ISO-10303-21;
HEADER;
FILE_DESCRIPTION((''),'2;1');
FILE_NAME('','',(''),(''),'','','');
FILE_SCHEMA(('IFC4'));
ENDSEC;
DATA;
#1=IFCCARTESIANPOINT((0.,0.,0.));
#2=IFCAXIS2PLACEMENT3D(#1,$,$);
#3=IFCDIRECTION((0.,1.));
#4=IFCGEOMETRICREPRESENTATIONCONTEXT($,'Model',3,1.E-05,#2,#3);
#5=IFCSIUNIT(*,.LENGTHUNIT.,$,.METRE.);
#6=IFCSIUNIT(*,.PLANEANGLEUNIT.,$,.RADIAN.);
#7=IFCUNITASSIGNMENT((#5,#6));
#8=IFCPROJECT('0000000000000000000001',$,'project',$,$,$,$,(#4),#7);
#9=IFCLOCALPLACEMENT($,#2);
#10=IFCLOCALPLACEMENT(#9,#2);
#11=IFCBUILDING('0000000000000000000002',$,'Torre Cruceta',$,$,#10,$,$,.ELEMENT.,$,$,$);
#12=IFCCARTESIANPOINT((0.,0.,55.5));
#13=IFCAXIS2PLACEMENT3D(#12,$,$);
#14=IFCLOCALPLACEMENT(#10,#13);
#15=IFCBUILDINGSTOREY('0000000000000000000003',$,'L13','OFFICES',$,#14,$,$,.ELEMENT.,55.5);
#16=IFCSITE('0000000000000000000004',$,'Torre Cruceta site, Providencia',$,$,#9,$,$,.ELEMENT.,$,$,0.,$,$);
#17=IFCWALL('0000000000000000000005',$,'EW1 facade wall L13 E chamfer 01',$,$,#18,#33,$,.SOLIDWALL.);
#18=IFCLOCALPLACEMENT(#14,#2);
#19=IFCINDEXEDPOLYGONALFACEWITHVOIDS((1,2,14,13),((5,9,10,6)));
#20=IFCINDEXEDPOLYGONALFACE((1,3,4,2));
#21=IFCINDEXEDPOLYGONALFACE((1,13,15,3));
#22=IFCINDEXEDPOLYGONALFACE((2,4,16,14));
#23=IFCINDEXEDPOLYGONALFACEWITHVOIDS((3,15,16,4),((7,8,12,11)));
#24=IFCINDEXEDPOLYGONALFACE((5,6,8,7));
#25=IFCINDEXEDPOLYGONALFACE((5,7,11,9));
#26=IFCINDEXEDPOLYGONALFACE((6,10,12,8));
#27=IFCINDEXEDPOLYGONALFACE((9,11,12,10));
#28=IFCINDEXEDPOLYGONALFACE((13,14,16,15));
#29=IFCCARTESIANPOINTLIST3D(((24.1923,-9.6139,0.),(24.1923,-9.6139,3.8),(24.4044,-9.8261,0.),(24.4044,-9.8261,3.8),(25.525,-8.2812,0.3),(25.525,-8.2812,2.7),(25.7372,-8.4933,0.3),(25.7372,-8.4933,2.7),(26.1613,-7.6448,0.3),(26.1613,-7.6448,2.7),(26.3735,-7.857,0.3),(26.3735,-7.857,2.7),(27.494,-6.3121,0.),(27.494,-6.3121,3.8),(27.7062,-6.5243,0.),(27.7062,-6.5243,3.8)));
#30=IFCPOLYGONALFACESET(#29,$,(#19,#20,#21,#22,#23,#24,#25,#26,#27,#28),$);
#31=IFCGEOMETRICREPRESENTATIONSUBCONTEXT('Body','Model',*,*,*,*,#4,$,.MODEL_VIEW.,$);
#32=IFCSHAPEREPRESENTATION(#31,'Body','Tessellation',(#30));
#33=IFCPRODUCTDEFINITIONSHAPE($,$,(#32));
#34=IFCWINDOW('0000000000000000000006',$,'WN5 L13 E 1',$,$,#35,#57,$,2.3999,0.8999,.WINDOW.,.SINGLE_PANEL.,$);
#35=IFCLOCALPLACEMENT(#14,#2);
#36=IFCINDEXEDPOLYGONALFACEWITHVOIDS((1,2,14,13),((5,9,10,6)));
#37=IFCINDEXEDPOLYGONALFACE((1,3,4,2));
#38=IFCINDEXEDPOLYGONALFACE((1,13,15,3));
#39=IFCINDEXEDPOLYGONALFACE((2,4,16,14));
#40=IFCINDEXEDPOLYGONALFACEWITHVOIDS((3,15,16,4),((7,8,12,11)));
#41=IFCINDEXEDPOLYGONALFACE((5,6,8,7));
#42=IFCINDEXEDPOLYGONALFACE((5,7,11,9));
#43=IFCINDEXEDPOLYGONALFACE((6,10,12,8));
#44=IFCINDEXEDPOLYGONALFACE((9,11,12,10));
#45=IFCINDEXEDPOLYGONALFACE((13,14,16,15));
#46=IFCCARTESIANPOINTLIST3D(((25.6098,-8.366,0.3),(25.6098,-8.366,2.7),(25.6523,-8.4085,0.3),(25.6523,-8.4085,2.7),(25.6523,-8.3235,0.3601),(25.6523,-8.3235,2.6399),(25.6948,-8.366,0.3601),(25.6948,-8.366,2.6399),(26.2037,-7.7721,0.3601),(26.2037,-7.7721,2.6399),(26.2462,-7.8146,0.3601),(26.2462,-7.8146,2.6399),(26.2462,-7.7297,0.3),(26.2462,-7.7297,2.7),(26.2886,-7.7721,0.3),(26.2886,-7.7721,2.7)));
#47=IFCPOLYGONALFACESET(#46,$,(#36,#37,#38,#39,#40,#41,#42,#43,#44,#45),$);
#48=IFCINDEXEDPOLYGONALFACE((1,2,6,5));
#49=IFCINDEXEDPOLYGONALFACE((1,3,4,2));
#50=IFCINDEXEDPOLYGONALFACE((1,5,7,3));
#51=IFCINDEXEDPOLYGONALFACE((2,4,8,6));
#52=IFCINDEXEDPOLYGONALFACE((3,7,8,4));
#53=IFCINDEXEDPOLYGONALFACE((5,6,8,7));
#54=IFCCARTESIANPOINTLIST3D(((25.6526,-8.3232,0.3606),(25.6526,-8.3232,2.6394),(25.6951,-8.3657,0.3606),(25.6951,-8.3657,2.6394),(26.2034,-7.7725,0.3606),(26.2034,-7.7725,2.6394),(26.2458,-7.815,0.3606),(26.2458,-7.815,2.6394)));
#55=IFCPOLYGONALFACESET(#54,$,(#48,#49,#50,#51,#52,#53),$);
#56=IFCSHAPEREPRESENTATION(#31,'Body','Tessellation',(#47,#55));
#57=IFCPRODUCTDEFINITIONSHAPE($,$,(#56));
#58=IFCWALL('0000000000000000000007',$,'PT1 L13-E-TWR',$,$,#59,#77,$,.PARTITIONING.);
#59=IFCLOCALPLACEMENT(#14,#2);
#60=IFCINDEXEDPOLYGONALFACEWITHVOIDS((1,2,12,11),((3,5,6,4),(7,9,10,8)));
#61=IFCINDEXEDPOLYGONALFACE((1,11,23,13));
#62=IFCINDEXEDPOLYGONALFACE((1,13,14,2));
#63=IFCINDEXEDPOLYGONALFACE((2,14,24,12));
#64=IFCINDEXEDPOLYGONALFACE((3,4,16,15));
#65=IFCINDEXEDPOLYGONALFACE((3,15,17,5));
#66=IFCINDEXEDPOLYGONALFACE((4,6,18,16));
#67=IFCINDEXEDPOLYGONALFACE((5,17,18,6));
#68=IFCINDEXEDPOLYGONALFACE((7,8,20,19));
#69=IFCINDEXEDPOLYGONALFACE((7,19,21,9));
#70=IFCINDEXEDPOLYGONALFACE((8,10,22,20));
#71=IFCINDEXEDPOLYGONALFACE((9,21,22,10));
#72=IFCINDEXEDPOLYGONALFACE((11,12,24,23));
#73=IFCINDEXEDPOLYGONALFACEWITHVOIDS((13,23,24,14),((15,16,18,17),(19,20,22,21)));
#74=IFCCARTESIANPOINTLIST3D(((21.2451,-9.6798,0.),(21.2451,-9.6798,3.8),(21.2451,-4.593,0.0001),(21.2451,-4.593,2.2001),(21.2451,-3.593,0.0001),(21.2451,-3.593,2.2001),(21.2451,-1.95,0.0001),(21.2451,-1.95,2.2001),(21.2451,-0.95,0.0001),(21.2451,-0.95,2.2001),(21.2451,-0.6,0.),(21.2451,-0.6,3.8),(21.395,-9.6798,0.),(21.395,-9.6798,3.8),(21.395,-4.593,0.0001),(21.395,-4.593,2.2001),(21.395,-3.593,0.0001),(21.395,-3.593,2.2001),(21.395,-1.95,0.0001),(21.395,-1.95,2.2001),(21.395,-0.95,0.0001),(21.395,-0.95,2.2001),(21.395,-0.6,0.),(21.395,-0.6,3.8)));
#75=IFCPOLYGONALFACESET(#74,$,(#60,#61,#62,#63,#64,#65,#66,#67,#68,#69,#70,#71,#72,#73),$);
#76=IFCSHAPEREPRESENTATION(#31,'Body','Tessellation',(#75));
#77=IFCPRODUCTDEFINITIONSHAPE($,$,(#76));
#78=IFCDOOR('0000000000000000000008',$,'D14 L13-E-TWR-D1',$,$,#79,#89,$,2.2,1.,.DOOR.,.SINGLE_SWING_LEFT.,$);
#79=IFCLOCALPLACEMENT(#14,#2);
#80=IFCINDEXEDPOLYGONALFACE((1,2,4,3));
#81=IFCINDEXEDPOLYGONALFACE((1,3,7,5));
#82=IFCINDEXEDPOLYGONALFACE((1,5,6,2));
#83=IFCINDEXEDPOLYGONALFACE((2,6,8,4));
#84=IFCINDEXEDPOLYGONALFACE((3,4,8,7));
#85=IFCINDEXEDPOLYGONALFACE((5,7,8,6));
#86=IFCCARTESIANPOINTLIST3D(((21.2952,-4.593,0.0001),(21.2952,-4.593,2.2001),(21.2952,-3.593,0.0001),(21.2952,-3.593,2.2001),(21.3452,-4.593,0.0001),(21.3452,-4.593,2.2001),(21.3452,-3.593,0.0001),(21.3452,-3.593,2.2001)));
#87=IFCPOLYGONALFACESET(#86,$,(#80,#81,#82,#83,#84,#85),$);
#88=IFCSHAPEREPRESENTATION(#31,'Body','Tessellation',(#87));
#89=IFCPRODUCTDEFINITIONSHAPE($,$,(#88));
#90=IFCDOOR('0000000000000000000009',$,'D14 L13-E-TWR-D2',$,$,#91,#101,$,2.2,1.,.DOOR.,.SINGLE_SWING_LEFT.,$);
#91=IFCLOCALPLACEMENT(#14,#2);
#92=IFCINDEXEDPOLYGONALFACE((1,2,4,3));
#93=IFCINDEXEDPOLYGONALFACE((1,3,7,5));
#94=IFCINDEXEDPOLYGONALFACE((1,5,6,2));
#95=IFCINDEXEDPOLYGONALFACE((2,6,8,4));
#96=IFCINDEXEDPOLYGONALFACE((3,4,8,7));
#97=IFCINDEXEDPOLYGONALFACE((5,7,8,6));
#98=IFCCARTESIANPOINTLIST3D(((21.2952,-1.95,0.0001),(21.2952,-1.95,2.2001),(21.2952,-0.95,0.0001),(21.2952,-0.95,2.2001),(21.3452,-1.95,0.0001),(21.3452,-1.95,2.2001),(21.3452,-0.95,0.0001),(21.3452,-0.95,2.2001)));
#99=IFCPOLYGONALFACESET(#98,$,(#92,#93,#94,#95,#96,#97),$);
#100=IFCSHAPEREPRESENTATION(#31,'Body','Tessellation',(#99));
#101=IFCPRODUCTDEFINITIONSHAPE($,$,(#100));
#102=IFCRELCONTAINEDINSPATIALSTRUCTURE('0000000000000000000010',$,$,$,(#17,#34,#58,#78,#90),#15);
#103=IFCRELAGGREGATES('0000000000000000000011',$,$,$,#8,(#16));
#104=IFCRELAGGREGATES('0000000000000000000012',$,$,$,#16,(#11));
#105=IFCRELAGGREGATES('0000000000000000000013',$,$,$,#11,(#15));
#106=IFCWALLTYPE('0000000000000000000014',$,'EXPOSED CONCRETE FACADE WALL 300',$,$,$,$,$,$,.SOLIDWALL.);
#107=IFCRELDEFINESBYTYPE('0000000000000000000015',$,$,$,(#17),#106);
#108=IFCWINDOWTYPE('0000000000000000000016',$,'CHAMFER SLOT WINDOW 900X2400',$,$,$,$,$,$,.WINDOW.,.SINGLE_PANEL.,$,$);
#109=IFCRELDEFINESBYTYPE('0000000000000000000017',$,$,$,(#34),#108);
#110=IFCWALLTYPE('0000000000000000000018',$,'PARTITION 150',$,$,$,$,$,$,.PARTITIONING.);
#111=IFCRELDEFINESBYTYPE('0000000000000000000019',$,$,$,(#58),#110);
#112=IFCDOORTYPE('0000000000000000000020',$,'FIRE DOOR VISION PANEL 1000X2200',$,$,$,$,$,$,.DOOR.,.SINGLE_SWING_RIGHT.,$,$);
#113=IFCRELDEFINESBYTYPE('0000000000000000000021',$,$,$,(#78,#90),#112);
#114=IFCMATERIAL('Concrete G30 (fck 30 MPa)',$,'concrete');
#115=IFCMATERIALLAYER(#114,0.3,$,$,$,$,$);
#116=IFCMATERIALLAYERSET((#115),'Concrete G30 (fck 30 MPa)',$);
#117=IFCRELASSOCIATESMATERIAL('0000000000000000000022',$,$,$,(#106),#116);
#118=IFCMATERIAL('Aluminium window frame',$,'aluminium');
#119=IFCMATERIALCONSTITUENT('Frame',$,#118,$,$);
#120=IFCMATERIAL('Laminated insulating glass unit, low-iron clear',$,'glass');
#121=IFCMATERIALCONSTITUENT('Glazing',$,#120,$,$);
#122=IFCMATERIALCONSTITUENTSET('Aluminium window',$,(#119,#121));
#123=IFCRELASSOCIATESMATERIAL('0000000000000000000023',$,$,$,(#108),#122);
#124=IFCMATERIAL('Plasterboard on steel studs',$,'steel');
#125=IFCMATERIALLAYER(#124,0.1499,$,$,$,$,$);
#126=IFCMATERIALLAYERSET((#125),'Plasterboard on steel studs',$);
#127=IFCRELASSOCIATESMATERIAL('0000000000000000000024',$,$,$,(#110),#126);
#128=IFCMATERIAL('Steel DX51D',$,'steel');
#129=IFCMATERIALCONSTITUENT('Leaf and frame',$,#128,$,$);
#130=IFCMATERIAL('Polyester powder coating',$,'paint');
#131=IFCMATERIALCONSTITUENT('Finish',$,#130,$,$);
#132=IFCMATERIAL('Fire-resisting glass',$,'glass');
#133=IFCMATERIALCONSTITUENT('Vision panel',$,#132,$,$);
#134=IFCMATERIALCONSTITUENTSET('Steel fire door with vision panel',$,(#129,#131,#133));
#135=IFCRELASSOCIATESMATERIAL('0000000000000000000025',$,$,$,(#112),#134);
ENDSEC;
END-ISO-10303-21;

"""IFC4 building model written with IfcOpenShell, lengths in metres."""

from ifc_helpers import new_model, si_unit, direction, frame, frame_2d, origin, place, context, subcontext, project, spatial, rectangle, hollow_rectangle, extrude, material, layer, layer_set, constituent, constituent_set, type_object, element, fill, save


model = new_model("IFC4")

# Units and contexts
model_context = context("Model", 3, precision=1e-05, world=origin(), true_north=direction((0.0, 1.0)))
body_context = subcontext(model_context, "Body", "Model", "MODEL_VIEW")
ifc_project = project(units=[si_unit("LENGTHUNIT", "METRE"), si_unit("PLANEANGLEUNIT", "RADIAN")], contexts=[model_context])

# Site, building, storey
site_placement = place(None, origin())
site = spatial("IfcSite", under=ifc_project, at=site_placement, Name="Torre Cruceta site, Providencia", CompositionType="ELEMENT", RefElevation=0.0)
building_placement = place(site_placement, origin())
building = spatial("IfcBuilding", under=site, at=building_placement, Name="Torre Cruceta", CompositionType="ELEMENT")
storey_placement = place(building_placement, frame((0.0, 0.0, 55.5)))
storey = spatial("IfcBuildingStorey", under=building, at=storey_placement, Name="L13", Description="OFFICES", CompositionType="ELEMENT", Elevation=55.5)

# Wall, opening, window
ifc_material_1 = material(Name="Concrete G30 (fck 30 MPa)", Category="concrete")
ifc_layer_1 = layer(ifc_material_1, 0.3)
ifc_layer_set_1 = layer_set([ifc_layer_1], Name="Concrete G30 (fck 30 MPa)")
wall_type_1 = type_object("IfcWallType", Name="EXPOSED CONCRETE FACADE WALL 300", PredefinedType="SOLIDWALL", material=ifc_layer_set_1)
wall_1_placement = place(storey_placement, frame((24.2983, -9.72, 0.0), z_axis=(0.0, 0.0, 1.0), x_axis=(0.707107, 0.707107, 0.0)))
wall_1 = element("IfcWall", 1, at=wall_1_placement, inside=storey, type_object=wall_type_1, Name="EW1 facade wall L13 E chamfer 01", PredefinedType="SOLIDWALL", context=body_context, shape_type="SweptSolid", body=[
    extrude(rectangle(XDim=4.6694, YDim=0.3, at=frame_2d((2.3347, 0.0))), origin(), (0.0, 0.0, 1.0), 3.8),
])
opening_1_placement = place(wall_1_placement, frame((1.8848, 0.0, 0.3)))
opening_1 = element("IfcOpeningElement", 2, at=opening_1_placement, cuts=wall_1, PredefinedType="OPENING", context=body_context, shape_type="SweptSolid", body=[
    extrude(rectangle(XDim=0.8999, YDim=2.3999, at=frame_2d((0.45, 1.2))), frame((0.0, 0.1599, 0.0), z_axis=(0.0, -1.0, 0.0), x_axis=(1.0, 0.0, 0.0)), (0.0, 0.0, 1.0), 0.3201),
])
ifc_material_2 = material(Name="Aluminium window frame", Category="aluminium")
ifc_constituent_1 = constituent(ifc_material_2, Name="Frame")
ifc_material_3 = material(Name="Laminated insulating glass unit, low-iron clear", Category="glass")
ifc_constituent_2 = constituent(ifc_material_3, Name="Glazing")
ifc_constituent_set_1 = constituent_set(constituents=[ifc_constituent_1, ifc_constituent_2], Name="Aluminium window")
window_type = type_object("IfcWindowType", Name="CHAMFER SLOT WINDOW 900X2400", PartitioningType="SINGLE_PANEL", PredefinedType="WINDOW", material=ifc_constituent_set_1)
window_placement = place(opening_1_placement, origin())
window = element("IfcWindow", 3, at=window_placement, inside=storey, type_object=window_type, Name="WN5 L13 E 1", OverallHeight=2.3999, OverallWidth=0.8999, PartitioningType="SINGLE_PANEL", PredefinedType="WINDOW", context=body_context, shape_type="SweptSolid", body=[
    extrude(hollow_rectangle(XDim=0.8999, YDim=2.3999, WallThickness=0.0601, at=frame_2d((0.45, 1.2))), frame((0.0, 0.03, 0.0), z_axis=(0.0, -1.0, 0.0), x_axis=(1.0, 0.0, 0.0)), (0.0, 0.0, 1.0), 0.0601),
    extrude(rectangle(XDim=0.7788, YDim=2.2788, at=frame_2d((0.45, 1.2))), frame((0.0, 0.03, 0.0), z_axis=(0.0, -1.0, 0.0), x_axis=(1.0, 0.0, 0.0)), (0.0, 0.0, 1.0), 0.0601),
])
fill(opening_1, window)

# Wall, openings, doors
ifc_material_4 = material(Name="Plasterboard on steel studs", Category="steel")
ifc_layer_2 = layer(ifc_material_4, 0.1499)
ifc_layer_set_2 = layer_set([ifc_layer_2], Name="Plasterboard on steel studs")
wall_type_2 = type_object("IfcWallType", Name="PARTITION 150", PredefinedType="PARTITIONING", material=ifc_layer_set_2)
wall_2_placement = place(storey_placement, frame((21.3201, -9.6799, 0.0), z_axis=(0.0, 0.0, 1.0), x_axis=(0.0, 1.0, 0.0)))
wall_2 = element("IfcWall", 4, at=wall_2_placement, inside=storey, type_object=wall_type_2, Name="PT1 L13-E-TWR", PredefinedType="PARTITIONING", context=body_context, shape_type="SweptSolid", body=[
    extrude(rectangle(XDim=9.0798, YDim=0.1499, at=frame_2d((4.54, 0.0))), origin(), (0.0, 0.0, 1.0), 3.8),
])
opening_2_placement = place(wall_2_placement, frame((5.0869, 0.0, 0.0)))
opening_2 = element("IfcOpeningElement", 5, at=opening_2_placement, cuts=wall_2, PredefinedType="OPENING", context=body_context, shape_type="SweptSolid", body=[
    extrude(rectangle(XDim=1.0, YDim=2.2, at=frame_2d((0.5, 1.1001))), frame((0.0, 0.085, 0.0), z_axis=(0.0, -1.0, 0.0), x_axis=(1.0, 0.0, 0.0)), (0.0, 0.0, 1.0), 0.1699),
])
opening_3_placement = place(wall_2_placement, frame((7.73, 0.0, 0.0)))
opening_3 = element("IfcOpeningElement", 6, at=opening_3_placement, cuts=wall_2, PredefinedType="OPENING", context=body_context, shape_type="SweptSolid", body=[
    extrude(rectangle(XDim=1.0, YDim=2.2, at=frame_2d((0.5, 1.1001))), frame((0.0, 0.085, 0.0), z_axis=(0.0, -1.0, 0.0), x_axis=(1.0, 0.0, 0.0)), (0.0, 0.0, 1.0), 0.1699),
])
ifc_material_5 = material(Name="Steel DX51D", Category="steel")
ifc_constituent_3 = constituent(ifc_material_5, Name="Leaf and frame")
ifc_material_6 = material(Name="Polyester powder coating", Category="paint")
ifc_constituent_4 = constituent(ifc_material_6, Name="Finish")
ifc_material_7 = material(Name="Fire-resisting glass", Category="glass")
ifc_constituent_5 = constituent(ifc_material_7, Name="Vision panel")
ifc_constituent_set_2 = constituent_set(constituents=[ifc_constituent_3, ifc_constituent_4, ifc_constituent_5], Name="Steel fire door with vision panel")
door_type = type_object("IfcDoorType", Name="FIRE DOOR VISION PANEL 1000X2200", OperationType="SINGLE_SWING_RIGHT", PredefinedType="DOOR", material=ifc_constituent_set_2)
door_1_placement = place(opening_2_placement, frame((1.0, 0.0, 0.0), z_axis=(0.0, 0.0, 1.0), x_axis=(-1.0, 0.0, 0.0)))
door_1 = element("IfcDoor", 7, at=door_1_placement, inside=storey, type_object=door_type, Name="D14 L13-E-TWR-D1", OperationType="SINGLE_SWING_LEFT", OverallHeight=2.2, OverallWidth=1.0, PredefinedType="DOOR", context=body_context, shape_type="SweptSolid", body=[
    extrude(rectangle(XDim=1.0, YDim=2.2, at=frame_2d((0.5, 1.1001))), frame((0.0, 0.0251, 0.0), z_axis=(0.0, -1.0, 0.0), x_axis=(1.0, 0.0, 0.0)), (0.0, 0.0, 1.0), 0.05),
])
fill(opening_2, door_1)
door_2_placement = place(opening_3_placement, frame((1.0, 0.0, 0.0), z_axis=(0.0, 0.0, 1.0), x_axis=(-1.0, 0.0, 0.0)))
door_2 = element("IfcDoor", 8, at=door_2_placement, inside=storey, type_object=door_type, Name="D14 L13-E-TWR-D2", OperationType="SINGLE_SWING_LEFT", OverallHeight=2.2, OverallWidth=1.0, PredefinedType="DOOR", context=body_context, shape_type="SweptSolid", body=[
    extrude(rectangle(XDim=1.0, YDim=2.2, at=frame_2d((0.5, 1.1001))), frame((0.0, 0.0251, 0.0), z_axis=(0.0, -1.0, 0.0), x_axis=(1.0, 0.0, 0.0)), (0.0, 0.0, 1.0), 0.05),
])
fill(opening_3, door_2)

save(model, "model.ifc")
